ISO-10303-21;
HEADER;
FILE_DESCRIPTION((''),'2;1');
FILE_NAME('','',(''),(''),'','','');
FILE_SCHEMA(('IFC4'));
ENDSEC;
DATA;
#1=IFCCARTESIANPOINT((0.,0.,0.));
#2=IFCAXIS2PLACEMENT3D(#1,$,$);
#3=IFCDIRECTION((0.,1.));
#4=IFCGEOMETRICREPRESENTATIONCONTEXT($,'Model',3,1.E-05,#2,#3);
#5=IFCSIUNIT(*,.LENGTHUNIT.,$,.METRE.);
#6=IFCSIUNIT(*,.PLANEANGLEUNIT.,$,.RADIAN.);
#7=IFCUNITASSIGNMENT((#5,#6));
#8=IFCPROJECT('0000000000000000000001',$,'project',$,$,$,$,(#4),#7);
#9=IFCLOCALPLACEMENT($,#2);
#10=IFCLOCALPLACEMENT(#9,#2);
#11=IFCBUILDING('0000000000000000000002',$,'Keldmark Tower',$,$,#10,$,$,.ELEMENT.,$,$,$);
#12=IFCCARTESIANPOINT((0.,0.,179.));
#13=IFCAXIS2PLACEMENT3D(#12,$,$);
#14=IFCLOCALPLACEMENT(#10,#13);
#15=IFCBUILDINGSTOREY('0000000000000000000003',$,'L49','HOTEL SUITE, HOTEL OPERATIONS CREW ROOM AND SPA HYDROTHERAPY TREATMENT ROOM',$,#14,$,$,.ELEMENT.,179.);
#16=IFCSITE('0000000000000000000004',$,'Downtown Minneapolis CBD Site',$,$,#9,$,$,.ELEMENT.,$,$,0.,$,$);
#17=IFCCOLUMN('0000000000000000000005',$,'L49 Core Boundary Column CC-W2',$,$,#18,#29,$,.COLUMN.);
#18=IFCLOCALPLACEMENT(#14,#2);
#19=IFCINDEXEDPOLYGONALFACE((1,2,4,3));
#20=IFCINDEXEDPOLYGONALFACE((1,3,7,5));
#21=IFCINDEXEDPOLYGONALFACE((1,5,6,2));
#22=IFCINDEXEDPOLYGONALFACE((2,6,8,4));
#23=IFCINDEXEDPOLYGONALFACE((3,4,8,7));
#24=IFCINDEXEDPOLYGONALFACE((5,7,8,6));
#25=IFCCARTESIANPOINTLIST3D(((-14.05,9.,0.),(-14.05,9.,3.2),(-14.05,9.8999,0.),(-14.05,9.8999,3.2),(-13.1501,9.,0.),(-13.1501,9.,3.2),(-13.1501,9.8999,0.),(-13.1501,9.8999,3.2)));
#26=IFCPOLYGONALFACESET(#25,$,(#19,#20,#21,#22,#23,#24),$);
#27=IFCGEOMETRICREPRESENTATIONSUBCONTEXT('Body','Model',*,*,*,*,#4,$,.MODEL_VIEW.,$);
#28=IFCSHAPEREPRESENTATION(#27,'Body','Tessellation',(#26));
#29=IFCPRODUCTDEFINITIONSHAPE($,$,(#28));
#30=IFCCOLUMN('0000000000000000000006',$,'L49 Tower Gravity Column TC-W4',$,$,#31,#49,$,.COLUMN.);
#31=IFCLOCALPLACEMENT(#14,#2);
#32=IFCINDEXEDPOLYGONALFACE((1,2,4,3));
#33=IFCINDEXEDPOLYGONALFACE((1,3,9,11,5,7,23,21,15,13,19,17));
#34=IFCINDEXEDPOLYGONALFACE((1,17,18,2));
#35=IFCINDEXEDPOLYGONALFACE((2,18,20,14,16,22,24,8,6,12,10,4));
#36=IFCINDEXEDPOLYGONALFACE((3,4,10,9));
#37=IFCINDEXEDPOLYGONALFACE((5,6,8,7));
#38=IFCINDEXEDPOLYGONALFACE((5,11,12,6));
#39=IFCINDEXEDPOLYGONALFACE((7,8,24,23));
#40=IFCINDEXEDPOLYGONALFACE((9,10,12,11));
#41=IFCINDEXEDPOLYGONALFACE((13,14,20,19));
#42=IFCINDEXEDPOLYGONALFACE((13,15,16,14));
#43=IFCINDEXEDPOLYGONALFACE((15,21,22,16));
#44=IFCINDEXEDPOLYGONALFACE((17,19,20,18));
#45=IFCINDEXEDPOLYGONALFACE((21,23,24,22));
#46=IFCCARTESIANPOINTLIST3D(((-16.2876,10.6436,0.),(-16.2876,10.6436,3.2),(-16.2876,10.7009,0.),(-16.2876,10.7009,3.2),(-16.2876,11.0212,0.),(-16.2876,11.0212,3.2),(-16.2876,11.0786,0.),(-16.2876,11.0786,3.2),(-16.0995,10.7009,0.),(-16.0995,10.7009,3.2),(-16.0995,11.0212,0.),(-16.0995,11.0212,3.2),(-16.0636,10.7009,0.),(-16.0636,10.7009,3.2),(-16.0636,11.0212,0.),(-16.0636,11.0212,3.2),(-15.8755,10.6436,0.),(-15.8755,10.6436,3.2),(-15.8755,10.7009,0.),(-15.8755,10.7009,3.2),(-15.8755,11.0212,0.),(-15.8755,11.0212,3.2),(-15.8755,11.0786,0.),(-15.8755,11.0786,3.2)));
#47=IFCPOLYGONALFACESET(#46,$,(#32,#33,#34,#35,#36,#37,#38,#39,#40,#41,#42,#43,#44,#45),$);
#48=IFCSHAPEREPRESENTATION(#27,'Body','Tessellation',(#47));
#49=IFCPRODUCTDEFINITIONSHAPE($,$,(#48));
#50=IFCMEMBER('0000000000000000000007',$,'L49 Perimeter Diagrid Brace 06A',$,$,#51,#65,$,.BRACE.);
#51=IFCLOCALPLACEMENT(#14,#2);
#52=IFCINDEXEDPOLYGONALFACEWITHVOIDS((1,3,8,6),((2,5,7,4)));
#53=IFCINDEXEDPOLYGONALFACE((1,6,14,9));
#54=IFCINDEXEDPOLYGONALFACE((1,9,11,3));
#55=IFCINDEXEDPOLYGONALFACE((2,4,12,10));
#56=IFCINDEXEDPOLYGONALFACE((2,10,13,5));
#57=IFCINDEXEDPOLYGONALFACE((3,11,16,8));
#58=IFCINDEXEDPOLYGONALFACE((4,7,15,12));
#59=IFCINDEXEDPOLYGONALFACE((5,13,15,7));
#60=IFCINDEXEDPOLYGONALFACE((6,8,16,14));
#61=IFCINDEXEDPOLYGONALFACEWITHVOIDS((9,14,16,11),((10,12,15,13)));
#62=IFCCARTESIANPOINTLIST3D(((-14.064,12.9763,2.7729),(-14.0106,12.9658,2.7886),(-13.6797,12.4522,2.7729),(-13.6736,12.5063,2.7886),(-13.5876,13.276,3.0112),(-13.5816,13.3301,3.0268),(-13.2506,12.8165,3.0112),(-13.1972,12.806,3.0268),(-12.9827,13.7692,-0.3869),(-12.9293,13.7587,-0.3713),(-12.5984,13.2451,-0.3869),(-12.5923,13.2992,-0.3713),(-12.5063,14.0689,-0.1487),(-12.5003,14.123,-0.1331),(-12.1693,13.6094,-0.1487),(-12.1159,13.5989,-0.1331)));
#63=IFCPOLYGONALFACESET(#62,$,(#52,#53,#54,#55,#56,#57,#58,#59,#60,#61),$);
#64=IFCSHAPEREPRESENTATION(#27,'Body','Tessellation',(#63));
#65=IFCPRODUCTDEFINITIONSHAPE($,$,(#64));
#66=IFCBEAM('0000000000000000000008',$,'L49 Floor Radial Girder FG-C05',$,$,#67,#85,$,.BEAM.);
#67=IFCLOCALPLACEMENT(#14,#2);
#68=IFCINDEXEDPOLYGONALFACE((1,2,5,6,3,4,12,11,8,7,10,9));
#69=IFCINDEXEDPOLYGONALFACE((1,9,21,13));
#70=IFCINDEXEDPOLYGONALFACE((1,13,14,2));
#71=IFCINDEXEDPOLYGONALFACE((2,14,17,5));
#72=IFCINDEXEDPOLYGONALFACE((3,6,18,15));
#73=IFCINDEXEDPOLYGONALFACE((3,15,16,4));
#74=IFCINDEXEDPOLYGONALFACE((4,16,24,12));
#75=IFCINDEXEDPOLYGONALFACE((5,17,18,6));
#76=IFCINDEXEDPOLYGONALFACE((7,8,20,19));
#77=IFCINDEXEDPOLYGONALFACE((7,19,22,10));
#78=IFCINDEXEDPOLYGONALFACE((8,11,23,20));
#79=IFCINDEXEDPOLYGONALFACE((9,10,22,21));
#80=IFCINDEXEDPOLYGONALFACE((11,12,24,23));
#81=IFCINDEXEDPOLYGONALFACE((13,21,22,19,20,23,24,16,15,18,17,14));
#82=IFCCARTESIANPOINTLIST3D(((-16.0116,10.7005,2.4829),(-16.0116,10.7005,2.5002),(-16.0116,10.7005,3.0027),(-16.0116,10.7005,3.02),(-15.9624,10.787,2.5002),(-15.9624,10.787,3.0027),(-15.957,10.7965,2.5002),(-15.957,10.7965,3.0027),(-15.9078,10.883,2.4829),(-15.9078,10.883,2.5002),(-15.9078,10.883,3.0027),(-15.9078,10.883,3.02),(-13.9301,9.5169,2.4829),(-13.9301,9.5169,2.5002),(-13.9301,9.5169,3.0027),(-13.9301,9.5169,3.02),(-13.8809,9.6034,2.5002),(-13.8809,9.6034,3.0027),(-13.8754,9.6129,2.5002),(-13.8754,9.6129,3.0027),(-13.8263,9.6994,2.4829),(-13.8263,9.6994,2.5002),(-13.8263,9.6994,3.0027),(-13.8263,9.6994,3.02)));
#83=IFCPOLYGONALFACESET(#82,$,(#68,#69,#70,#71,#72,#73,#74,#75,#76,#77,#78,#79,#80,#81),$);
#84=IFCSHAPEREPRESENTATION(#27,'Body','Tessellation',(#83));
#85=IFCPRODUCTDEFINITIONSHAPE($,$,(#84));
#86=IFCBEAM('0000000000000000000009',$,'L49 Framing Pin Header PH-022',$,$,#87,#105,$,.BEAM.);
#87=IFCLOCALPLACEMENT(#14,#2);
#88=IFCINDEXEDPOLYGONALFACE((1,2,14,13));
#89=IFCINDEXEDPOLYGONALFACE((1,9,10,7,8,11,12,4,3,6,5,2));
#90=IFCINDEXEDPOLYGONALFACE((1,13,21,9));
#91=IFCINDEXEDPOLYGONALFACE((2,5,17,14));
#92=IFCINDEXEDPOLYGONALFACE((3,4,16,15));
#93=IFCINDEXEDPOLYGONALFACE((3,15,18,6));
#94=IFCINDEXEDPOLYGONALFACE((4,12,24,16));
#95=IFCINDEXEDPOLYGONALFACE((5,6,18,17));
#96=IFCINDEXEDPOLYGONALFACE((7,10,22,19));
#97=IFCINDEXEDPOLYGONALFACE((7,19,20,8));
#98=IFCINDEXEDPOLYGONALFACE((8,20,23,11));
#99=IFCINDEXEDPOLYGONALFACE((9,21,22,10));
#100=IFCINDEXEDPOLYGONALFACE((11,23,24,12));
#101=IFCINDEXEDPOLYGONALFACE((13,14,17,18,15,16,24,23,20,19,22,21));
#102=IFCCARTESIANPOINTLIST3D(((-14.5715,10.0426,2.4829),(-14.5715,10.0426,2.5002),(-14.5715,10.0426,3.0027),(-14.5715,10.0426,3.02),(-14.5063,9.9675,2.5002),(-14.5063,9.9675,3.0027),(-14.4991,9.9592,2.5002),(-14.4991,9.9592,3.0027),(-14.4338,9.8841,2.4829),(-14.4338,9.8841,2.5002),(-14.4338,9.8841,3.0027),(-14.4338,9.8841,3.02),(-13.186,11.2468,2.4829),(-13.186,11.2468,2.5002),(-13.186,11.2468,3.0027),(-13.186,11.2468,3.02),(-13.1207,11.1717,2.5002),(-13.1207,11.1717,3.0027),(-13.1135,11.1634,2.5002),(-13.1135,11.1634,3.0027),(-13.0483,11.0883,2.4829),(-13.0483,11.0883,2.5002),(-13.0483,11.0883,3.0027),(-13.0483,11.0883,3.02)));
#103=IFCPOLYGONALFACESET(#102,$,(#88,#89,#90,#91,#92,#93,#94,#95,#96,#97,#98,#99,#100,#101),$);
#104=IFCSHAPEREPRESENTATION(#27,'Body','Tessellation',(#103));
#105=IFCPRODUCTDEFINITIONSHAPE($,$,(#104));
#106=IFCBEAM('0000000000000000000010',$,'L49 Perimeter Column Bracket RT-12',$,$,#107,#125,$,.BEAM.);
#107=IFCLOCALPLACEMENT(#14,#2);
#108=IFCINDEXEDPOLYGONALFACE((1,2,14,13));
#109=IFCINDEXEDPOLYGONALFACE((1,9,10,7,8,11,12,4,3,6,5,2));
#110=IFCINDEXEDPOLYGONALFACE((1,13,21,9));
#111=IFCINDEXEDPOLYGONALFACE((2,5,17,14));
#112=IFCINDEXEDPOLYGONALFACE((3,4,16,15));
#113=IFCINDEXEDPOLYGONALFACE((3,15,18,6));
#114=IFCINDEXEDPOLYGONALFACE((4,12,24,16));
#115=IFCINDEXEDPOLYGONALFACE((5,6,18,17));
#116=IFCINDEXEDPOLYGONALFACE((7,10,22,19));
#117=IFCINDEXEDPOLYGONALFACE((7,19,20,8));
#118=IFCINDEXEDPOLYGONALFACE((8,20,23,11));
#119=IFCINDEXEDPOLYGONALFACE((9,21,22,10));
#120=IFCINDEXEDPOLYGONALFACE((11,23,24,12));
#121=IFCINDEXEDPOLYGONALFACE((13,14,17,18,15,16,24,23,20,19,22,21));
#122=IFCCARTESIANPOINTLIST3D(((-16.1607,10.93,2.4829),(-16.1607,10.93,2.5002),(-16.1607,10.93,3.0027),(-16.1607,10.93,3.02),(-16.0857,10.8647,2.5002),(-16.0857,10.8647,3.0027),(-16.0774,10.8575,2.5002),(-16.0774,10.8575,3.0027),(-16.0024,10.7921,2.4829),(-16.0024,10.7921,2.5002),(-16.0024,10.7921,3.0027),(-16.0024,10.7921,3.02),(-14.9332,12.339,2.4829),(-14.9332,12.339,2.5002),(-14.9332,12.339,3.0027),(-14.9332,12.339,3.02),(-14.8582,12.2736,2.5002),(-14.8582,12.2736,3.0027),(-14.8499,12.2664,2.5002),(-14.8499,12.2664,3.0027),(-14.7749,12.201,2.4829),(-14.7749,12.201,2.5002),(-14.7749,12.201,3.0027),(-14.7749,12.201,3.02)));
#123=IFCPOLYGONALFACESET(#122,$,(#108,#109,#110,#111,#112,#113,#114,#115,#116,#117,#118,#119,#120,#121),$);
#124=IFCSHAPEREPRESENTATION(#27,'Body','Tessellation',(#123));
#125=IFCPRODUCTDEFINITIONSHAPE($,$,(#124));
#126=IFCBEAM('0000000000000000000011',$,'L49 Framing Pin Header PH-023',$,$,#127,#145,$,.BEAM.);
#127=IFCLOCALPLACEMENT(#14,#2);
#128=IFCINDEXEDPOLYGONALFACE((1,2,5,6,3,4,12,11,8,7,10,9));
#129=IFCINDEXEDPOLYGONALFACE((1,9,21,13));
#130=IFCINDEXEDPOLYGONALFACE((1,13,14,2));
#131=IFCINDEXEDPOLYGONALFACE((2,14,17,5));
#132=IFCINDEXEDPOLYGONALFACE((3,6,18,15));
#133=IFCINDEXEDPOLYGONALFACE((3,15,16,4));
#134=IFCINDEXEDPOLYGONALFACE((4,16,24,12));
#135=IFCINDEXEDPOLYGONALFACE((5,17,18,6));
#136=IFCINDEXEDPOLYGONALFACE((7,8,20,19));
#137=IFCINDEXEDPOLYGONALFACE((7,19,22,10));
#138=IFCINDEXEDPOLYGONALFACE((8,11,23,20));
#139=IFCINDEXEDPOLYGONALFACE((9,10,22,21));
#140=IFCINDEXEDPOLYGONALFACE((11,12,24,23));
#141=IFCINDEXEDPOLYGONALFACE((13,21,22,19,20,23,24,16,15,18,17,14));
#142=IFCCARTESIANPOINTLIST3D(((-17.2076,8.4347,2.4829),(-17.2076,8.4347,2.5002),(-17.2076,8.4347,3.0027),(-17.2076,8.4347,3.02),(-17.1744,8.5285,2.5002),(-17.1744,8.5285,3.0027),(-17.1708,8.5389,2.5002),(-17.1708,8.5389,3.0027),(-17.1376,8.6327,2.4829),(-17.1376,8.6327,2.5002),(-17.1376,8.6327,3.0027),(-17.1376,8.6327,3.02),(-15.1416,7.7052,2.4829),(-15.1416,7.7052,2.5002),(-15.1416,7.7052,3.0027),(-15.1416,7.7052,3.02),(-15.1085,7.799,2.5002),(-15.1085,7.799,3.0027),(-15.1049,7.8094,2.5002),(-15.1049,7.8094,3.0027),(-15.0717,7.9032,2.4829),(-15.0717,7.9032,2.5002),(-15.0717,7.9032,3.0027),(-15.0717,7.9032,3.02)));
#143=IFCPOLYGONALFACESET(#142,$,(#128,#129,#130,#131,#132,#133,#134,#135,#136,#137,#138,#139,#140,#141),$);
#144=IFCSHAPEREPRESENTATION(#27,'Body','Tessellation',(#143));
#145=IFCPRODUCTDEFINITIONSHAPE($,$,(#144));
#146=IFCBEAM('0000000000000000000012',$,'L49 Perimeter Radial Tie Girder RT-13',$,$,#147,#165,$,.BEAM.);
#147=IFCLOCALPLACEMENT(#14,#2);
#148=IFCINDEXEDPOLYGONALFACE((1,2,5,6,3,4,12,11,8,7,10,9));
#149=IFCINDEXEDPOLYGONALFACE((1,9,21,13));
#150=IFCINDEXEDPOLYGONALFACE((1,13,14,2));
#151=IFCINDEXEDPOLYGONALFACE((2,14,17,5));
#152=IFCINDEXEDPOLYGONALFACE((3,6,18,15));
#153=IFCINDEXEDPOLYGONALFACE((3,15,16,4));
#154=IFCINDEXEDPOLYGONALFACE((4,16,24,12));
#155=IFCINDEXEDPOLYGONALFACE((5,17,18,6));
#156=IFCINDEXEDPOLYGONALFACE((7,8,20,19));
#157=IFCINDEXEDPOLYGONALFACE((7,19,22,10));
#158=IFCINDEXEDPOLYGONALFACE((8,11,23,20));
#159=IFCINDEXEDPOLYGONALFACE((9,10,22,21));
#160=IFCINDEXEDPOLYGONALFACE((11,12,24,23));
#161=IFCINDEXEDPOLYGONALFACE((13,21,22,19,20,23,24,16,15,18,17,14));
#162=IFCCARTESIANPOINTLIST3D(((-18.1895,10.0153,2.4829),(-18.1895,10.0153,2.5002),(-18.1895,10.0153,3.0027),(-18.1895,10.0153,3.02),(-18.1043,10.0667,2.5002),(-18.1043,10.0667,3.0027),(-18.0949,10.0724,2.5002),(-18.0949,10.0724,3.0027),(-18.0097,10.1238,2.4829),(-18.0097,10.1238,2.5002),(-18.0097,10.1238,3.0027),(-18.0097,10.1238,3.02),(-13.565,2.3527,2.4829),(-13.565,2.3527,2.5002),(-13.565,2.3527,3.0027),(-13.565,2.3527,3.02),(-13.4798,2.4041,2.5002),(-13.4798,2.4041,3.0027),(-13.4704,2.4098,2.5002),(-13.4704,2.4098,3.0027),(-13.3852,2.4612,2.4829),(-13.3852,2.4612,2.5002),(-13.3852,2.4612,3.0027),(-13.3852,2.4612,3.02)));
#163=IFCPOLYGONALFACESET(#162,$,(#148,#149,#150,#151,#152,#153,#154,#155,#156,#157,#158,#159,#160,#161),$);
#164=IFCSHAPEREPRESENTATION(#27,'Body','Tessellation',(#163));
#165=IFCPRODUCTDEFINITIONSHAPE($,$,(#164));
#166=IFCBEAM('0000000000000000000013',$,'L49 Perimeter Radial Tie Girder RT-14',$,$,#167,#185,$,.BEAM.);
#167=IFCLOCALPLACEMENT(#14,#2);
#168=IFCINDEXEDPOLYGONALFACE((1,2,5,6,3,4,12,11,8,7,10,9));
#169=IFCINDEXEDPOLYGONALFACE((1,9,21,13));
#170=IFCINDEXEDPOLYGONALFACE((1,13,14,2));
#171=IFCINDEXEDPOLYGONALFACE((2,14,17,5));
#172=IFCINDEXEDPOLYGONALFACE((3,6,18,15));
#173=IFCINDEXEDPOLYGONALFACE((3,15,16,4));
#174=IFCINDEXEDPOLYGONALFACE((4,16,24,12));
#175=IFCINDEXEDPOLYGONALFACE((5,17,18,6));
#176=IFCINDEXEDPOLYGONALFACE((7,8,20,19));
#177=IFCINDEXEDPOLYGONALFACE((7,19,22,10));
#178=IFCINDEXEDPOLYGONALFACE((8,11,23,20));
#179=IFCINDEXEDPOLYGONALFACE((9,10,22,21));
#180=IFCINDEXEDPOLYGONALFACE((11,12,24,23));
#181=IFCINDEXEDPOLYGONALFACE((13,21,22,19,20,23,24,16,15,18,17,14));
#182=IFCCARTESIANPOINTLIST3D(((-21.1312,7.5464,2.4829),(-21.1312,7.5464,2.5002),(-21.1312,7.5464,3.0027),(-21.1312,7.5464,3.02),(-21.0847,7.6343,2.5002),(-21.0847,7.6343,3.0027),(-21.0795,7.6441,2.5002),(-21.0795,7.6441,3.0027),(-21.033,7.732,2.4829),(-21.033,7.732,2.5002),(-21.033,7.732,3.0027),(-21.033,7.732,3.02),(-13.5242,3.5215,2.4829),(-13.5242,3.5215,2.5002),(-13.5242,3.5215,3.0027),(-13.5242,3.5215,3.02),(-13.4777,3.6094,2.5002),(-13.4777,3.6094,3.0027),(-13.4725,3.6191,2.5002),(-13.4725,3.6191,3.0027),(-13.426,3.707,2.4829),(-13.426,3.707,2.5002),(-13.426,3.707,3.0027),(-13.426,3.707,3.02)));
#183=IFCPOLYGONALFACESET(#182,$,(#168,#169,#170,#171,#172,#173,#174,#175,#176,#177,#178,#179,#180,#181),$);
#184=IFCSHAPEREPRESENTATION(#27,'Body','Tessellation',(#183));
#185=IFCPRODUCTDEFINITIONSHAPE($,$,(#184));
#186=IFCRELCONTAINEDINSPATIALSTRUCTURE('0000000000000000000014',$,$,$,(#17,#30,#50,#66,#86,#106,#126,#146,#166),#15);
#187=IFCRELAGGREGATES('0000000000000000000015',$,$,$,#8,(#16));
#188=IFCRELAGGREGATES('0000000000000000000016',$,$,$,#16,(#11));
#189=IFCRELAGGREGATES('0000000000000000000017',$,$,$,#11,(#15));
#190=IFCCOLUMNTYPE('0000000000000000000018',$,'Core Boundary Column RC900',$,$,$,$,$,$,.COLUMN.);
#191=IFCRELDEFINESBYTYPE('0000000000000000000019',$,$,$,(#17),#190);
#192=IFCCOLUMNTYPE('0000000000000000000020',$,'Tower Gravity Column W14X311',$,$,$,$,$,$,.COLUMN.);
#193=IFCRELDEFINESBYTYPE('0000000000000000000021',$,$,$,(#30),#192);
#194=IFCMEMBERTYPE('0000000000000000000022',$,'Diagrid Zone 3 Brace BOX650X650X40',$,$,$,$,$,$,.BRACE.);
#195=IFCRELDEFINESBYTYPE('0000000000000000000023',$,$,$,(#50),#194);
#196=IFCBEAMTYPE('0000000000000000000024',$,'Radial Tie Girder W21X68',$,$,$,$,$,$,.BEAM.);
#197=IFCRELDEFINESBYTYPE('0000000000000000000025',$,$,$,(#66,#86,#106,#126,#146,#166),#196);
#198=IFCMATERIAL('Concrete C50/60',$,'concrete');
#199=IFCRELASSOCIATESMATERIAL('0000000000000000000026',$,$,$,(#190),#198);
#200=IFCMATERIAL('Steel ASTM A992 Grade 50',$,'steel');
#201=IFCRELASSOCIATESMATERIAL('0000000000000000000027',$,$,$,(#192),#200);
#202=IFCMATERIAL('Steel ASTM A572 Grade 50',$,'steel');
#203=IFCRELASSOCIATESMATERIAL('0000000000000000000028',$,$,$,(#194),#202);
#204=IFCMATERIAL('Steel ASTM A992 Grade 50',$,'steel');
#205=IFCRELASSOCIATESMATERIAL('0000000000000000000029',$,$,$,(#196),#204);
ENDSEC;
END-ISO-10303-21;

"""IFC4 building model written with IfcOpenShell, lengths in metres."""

from ifc_helpers import new_model, si_unit, direction, frame, origin, origin_2d, place, context, subcontext, project, spatial, rectangle, hollow_rectangle, i_section, extrude, material, material_profile, profile_set, type_object, element, save


model = new_model("IFC4")

# Units and contexts
model_context = context("Model", 3, precision=1e-05, world=origin(), true_north=direction((0.0, 1.0)))
body_context = subcontext(model_context, "Body", "Model", "MODEL_VIEW")
ifc_project = project(units=[si_unit("LENGTHUNIT", "METRE"), si_unit("PLANEANGLEUNIT", "RADIAN")], contexts=[model_context])

# Site, building, storey
site_placement = place(None, origin())
site = spatial("IfcSite", under=ifc_project, at=site_placement, Name="Downtown Minneapolis CBD Site", CompositionType="ELEMENT", RefElevation=0.0)
building_placement = place(site_placement, origin())
building = spatial("IfcBuilding", under=site, at=building_placement, Name="Keldmark Tower", CompositionType="ELEMENT")
storey_placement = place(building_placement, frame((0.0, 0.0, 179.0)))
storey = spatial("IfcBuildingStorey", under=building, at=storey_placement, Name="L49", Description="HOTEL SUITE, HOTEL OPERATIONS CREW ROOM AND SPA HYDROTHERAPY TREATMENT ROOM", CompositionType="ELEMENT", Elevation=179.0)

# Columns
ifc_material_1 = material(Name="Concrete C50/60", Category="concrete")
ifc_material_profile_1 = material_profile(ifc_material_1, rectangle(XDim=0.8999, YDim=0.8999, at=origin_2d()), Name="RC900X900")
ifc_profile_set_1 = profile_set([ifc_material_profile_1], Name="Concrete C50/60")
column_type_1 = type_object("IfcColumnType", Name="Core Boundary Column RC900", PredefinedType="COLUMN", material=ifc_profile_set_1)
column_1_placement = place(storey_placement, frame((-13.6001, 9.45, 0.0), z_axis=(0.0, 0.0, 1.0), x_axis=(1.0, 0.0, 0.0)))
element("IfcColumn", 1, at=column_1_placement, inside=storey, type_object=column_type_1, Name="L49 Core Boundary Column CC-W2", PredefinedType="COLUMN", context=body_context, shape_type="SweptSolid", body=[
    extrude(rectangle(XDim=0.8999, YDim=0.8999, at=origin_2d()), origin(), (0.0, 0.0, 1.0), 3.2),
])
ifc_material_2 = material(Name="Steel ASTM A992 Grade 50", Category="steel")
ifc_material_profile_2 = material_profile(ifc_material_2, i_section(OverallWidth=0.4121, OverallDepth=0.4351, WebThickness=0.0359, FlangeThickness=0.0574, at=origin_2d()), Name="W14X311")
ifc_profile_set_2 = profile_set([ifc_material_profile_2], Name="Steel ASTM A992 Grade 50")
column_type_2 = type_object("IfcColumnType", Name="Tower Gravity Column W14X311", PredefinedType="COLUMN", material=ifc_profile_set_2)
column_2_placement = place(storey_placement, frame((-16.0815, 10.8611, 0.0), z_axis=(0.0, 0.0, 1.0), x_axis=(1.0, 0.0, 0.0)))
element("IfcColumn", 2, at=column_2_placement, inside=storey, type_object=column_type_2, Name="L49 Tower Gravity Column TC-W4", PredefinedType="COLUMN", context=body_context, shape_type="SweptSolid", body=[
    extrude(i_section(OverallWidth=0.4121, OverallDepth=0.4351, WebThickness=0.0359, FlangeThickness=0.0574, at=origin_2d()), origin(), (0.0, 0.0, 1.0), 3.2),
])

# Member
ifc_material_3 = material(Name="Steel ASTM A572 Grade 50", Category="steel")
ifc_material_profile_3 = material_profile(ifc_material_3, hollow_rectangle(XDim=0.6499, YDim=0.6499, WallThickness=0.04, at=origin_2d()), Name="BOX650X650X40")
ifc_profile_set_3 = profile_set([ifc_material_profile_3], Name="Steel ASTM A572 Grade 50")
member_type = type_object("IfcMemberType", Name="Diagrid Zone 3 Brace BOX650X650X40", PredefinedType="BRACE", material=ifc_profile_set_3)
member_placement = place(storey_placement, frame((-12.5493, 13.6841, -0.26), z_axis=(-0.315005, -0.231008, 0.920547), x_axis=(0.591372, -0.806399, 0.0)))
element("IfcMember", 3, at=member_placement, inside=storey, type_object=member_type, Name="L49 Perimeter Diagrid Brace 06A", PredefinedType="BRACE", context=body_context, shape_type="SweptSolid", body=[
    extrude(hollow_rectangle(XDim=0.6499, YDim=0.6499, WallThickness=0.04, at=origin_2d()), origin(), (0.0, 0.0, 1.0), 3.4326),
])

# Beams
ifc_material_4 = material(Name="Steel ASTM A992 Grade 50", Category="steel")
ifc_material_profile_4 = material_profile(ifc_material_4, i_section(OverallWidth=0.21, OverallDepth=0.5371, WebThickness=0.011, FlangeThickness=0.0173, at=origin_2d()), Name="W21X68")
ifc_profile_set_4 = profile_set([ifc_material_profile_4], Name="Steel ASTM A992 Grade 50")
beam_type_1 = type_object("IfcBeamType", Name="Radial Tie Girder W21X68", PredefinedType="BEAM", material=ifc_profile_set_4)
beam_1_placement = place(storey_placement, frame((-15.9597, 10.7917, 2.7515), z_axis=(0.869295, -0.494293, 0.0), x_axis=(0.494293, 0.869295, 0.0)))
element("IfcBeam", 4, at=beam_1_placement, inside=storey, type_object=beam_type_1, Name="L49 Floor Radial Girder FG-C05", PredefinedType="BEAM", context=body_context, shape_type="SweptSolid", body=[
    extrude(i_section(OverallWidth=0.21, OverallDepth=0.5371, WebThickness=0.011, FlangeThickness=0.0173, at=origin_2d()), origin(), (0.0, 0.0, 1.0), 2.3945),
])
beam_2_placement = place(storey_placement, frame((-14.5027, 9.9634, 2.7515), z_axis=(0.754789, 0.655968, 0.0), x_axis=(-0.655968, 0.754789, 0.0)))
element("IfcBeam", 5, at=beam_2_placement, inside=storey, type_object=beam_type_1, Name="L49 Framing Pin Header PH-022", PredefinedType="BEAM", context=body_context, shape_type="SweptSolid", body=[
    extrude(i_section(OverallWidth=0.21, OverallDepth=0.5371, WebThickness=0.011, FlangeThickness=0.0173, at=origin_2d()), origin(), (0.0, 0.0, 1.0), 1.8357),
])
beam_3_placement = place(storey_placement, frame((-16.0815, 10.8611, 2.7515), z_axis=(0.656903, 0.753975, 0.0), x_axis=(-0.753975, 0.656903, 0.0)))
element("IfcBeam", 6, at=beam_3_placement, inside=storey, type_object=beam_type_1, Name="L49 Perimeter Column Bracket RT-12", PredefinedType="BEAM", context=body_context, shape_type="SweptSolid", body=[
    extrude(i_section(OverallWidth=0.21, OverallDepth=0.5371, WebThickness=0.011, FlangeThickness=0.0173, at=origin_2d()), origin(), (0.0, 0.0, 1.0), 1.8687),
])
beam_4_placement = place(storey_placement, frame((-15.1067, 7.8042, 2.7515), z_axis=(-0.942941, 0.33296, 0.0), x_axis=(-0.33296, -0.942941, 0.0)))
element("IfcBeam", 7, at=beam_4_placement, inside=storey, type_object=beam_type_1, Name="L49 Framing Pin Header PH-023", PredefinedType="BEAM", context=body_context, shape_type="SweptSolid", body=[
    extrude(i_section(OverallWidth=0.21, OverallDepth=0.5371, WebThickness=0.011, FlangeThickness=0.0173, at=origin_2d()), origin(), (0.0, 0.0, 1.0), 2.1909),
])
beam_5_placement = place(storey_placement, frame((-13.4751, 2.407, 2.7515), z_axis=(-0.516708, 0.856161, 0.0), x_axis=(-0.856161, -0.516708, 0.0)))
element("IfcBeam", 8, at=beam_5_placement, inside=storey, type_object=beam_type_1, Name="L49 Perimeter Radial Tie Girder RT-13", PredefinedType="BEAM", context=body_context, shape_type="SweptSolid", body=[
    extrude(i_section(OverallWidth=0.21, OverallDepth=0.5371, WebThickness=0.011, FlangeThickness=0.0173, at=origin_2d()), origin(), (0.0, 0.0, 1.0), 8.95),
])
beam_6_placement = place(storey_placement, frame((-13.4751, 3.6143, 2.7515), z_axis=(-0.883898, 0.467679, 0.0), x_axis=(-0.467679, -0.883898, 0.0)))
element("IfcBeam", 9, at=beam_6_placement, inside=storey, type_object=beam_type_1, Name="L49 Perimeter Radial Tie Girder RT-14", PredefinedType="BEAM", context=body_context, shape_type="SweptSolid", body=[
    extrude(i_section(OverallWidth=0.21, OverallDepth=0.5371, WebThickness=0.011, FlangeThickness=0.0173, at=origin_2d()), origin(), (0.0, 0.0, 1.0), 8.6062),
])

save(model, "model.ifc")
